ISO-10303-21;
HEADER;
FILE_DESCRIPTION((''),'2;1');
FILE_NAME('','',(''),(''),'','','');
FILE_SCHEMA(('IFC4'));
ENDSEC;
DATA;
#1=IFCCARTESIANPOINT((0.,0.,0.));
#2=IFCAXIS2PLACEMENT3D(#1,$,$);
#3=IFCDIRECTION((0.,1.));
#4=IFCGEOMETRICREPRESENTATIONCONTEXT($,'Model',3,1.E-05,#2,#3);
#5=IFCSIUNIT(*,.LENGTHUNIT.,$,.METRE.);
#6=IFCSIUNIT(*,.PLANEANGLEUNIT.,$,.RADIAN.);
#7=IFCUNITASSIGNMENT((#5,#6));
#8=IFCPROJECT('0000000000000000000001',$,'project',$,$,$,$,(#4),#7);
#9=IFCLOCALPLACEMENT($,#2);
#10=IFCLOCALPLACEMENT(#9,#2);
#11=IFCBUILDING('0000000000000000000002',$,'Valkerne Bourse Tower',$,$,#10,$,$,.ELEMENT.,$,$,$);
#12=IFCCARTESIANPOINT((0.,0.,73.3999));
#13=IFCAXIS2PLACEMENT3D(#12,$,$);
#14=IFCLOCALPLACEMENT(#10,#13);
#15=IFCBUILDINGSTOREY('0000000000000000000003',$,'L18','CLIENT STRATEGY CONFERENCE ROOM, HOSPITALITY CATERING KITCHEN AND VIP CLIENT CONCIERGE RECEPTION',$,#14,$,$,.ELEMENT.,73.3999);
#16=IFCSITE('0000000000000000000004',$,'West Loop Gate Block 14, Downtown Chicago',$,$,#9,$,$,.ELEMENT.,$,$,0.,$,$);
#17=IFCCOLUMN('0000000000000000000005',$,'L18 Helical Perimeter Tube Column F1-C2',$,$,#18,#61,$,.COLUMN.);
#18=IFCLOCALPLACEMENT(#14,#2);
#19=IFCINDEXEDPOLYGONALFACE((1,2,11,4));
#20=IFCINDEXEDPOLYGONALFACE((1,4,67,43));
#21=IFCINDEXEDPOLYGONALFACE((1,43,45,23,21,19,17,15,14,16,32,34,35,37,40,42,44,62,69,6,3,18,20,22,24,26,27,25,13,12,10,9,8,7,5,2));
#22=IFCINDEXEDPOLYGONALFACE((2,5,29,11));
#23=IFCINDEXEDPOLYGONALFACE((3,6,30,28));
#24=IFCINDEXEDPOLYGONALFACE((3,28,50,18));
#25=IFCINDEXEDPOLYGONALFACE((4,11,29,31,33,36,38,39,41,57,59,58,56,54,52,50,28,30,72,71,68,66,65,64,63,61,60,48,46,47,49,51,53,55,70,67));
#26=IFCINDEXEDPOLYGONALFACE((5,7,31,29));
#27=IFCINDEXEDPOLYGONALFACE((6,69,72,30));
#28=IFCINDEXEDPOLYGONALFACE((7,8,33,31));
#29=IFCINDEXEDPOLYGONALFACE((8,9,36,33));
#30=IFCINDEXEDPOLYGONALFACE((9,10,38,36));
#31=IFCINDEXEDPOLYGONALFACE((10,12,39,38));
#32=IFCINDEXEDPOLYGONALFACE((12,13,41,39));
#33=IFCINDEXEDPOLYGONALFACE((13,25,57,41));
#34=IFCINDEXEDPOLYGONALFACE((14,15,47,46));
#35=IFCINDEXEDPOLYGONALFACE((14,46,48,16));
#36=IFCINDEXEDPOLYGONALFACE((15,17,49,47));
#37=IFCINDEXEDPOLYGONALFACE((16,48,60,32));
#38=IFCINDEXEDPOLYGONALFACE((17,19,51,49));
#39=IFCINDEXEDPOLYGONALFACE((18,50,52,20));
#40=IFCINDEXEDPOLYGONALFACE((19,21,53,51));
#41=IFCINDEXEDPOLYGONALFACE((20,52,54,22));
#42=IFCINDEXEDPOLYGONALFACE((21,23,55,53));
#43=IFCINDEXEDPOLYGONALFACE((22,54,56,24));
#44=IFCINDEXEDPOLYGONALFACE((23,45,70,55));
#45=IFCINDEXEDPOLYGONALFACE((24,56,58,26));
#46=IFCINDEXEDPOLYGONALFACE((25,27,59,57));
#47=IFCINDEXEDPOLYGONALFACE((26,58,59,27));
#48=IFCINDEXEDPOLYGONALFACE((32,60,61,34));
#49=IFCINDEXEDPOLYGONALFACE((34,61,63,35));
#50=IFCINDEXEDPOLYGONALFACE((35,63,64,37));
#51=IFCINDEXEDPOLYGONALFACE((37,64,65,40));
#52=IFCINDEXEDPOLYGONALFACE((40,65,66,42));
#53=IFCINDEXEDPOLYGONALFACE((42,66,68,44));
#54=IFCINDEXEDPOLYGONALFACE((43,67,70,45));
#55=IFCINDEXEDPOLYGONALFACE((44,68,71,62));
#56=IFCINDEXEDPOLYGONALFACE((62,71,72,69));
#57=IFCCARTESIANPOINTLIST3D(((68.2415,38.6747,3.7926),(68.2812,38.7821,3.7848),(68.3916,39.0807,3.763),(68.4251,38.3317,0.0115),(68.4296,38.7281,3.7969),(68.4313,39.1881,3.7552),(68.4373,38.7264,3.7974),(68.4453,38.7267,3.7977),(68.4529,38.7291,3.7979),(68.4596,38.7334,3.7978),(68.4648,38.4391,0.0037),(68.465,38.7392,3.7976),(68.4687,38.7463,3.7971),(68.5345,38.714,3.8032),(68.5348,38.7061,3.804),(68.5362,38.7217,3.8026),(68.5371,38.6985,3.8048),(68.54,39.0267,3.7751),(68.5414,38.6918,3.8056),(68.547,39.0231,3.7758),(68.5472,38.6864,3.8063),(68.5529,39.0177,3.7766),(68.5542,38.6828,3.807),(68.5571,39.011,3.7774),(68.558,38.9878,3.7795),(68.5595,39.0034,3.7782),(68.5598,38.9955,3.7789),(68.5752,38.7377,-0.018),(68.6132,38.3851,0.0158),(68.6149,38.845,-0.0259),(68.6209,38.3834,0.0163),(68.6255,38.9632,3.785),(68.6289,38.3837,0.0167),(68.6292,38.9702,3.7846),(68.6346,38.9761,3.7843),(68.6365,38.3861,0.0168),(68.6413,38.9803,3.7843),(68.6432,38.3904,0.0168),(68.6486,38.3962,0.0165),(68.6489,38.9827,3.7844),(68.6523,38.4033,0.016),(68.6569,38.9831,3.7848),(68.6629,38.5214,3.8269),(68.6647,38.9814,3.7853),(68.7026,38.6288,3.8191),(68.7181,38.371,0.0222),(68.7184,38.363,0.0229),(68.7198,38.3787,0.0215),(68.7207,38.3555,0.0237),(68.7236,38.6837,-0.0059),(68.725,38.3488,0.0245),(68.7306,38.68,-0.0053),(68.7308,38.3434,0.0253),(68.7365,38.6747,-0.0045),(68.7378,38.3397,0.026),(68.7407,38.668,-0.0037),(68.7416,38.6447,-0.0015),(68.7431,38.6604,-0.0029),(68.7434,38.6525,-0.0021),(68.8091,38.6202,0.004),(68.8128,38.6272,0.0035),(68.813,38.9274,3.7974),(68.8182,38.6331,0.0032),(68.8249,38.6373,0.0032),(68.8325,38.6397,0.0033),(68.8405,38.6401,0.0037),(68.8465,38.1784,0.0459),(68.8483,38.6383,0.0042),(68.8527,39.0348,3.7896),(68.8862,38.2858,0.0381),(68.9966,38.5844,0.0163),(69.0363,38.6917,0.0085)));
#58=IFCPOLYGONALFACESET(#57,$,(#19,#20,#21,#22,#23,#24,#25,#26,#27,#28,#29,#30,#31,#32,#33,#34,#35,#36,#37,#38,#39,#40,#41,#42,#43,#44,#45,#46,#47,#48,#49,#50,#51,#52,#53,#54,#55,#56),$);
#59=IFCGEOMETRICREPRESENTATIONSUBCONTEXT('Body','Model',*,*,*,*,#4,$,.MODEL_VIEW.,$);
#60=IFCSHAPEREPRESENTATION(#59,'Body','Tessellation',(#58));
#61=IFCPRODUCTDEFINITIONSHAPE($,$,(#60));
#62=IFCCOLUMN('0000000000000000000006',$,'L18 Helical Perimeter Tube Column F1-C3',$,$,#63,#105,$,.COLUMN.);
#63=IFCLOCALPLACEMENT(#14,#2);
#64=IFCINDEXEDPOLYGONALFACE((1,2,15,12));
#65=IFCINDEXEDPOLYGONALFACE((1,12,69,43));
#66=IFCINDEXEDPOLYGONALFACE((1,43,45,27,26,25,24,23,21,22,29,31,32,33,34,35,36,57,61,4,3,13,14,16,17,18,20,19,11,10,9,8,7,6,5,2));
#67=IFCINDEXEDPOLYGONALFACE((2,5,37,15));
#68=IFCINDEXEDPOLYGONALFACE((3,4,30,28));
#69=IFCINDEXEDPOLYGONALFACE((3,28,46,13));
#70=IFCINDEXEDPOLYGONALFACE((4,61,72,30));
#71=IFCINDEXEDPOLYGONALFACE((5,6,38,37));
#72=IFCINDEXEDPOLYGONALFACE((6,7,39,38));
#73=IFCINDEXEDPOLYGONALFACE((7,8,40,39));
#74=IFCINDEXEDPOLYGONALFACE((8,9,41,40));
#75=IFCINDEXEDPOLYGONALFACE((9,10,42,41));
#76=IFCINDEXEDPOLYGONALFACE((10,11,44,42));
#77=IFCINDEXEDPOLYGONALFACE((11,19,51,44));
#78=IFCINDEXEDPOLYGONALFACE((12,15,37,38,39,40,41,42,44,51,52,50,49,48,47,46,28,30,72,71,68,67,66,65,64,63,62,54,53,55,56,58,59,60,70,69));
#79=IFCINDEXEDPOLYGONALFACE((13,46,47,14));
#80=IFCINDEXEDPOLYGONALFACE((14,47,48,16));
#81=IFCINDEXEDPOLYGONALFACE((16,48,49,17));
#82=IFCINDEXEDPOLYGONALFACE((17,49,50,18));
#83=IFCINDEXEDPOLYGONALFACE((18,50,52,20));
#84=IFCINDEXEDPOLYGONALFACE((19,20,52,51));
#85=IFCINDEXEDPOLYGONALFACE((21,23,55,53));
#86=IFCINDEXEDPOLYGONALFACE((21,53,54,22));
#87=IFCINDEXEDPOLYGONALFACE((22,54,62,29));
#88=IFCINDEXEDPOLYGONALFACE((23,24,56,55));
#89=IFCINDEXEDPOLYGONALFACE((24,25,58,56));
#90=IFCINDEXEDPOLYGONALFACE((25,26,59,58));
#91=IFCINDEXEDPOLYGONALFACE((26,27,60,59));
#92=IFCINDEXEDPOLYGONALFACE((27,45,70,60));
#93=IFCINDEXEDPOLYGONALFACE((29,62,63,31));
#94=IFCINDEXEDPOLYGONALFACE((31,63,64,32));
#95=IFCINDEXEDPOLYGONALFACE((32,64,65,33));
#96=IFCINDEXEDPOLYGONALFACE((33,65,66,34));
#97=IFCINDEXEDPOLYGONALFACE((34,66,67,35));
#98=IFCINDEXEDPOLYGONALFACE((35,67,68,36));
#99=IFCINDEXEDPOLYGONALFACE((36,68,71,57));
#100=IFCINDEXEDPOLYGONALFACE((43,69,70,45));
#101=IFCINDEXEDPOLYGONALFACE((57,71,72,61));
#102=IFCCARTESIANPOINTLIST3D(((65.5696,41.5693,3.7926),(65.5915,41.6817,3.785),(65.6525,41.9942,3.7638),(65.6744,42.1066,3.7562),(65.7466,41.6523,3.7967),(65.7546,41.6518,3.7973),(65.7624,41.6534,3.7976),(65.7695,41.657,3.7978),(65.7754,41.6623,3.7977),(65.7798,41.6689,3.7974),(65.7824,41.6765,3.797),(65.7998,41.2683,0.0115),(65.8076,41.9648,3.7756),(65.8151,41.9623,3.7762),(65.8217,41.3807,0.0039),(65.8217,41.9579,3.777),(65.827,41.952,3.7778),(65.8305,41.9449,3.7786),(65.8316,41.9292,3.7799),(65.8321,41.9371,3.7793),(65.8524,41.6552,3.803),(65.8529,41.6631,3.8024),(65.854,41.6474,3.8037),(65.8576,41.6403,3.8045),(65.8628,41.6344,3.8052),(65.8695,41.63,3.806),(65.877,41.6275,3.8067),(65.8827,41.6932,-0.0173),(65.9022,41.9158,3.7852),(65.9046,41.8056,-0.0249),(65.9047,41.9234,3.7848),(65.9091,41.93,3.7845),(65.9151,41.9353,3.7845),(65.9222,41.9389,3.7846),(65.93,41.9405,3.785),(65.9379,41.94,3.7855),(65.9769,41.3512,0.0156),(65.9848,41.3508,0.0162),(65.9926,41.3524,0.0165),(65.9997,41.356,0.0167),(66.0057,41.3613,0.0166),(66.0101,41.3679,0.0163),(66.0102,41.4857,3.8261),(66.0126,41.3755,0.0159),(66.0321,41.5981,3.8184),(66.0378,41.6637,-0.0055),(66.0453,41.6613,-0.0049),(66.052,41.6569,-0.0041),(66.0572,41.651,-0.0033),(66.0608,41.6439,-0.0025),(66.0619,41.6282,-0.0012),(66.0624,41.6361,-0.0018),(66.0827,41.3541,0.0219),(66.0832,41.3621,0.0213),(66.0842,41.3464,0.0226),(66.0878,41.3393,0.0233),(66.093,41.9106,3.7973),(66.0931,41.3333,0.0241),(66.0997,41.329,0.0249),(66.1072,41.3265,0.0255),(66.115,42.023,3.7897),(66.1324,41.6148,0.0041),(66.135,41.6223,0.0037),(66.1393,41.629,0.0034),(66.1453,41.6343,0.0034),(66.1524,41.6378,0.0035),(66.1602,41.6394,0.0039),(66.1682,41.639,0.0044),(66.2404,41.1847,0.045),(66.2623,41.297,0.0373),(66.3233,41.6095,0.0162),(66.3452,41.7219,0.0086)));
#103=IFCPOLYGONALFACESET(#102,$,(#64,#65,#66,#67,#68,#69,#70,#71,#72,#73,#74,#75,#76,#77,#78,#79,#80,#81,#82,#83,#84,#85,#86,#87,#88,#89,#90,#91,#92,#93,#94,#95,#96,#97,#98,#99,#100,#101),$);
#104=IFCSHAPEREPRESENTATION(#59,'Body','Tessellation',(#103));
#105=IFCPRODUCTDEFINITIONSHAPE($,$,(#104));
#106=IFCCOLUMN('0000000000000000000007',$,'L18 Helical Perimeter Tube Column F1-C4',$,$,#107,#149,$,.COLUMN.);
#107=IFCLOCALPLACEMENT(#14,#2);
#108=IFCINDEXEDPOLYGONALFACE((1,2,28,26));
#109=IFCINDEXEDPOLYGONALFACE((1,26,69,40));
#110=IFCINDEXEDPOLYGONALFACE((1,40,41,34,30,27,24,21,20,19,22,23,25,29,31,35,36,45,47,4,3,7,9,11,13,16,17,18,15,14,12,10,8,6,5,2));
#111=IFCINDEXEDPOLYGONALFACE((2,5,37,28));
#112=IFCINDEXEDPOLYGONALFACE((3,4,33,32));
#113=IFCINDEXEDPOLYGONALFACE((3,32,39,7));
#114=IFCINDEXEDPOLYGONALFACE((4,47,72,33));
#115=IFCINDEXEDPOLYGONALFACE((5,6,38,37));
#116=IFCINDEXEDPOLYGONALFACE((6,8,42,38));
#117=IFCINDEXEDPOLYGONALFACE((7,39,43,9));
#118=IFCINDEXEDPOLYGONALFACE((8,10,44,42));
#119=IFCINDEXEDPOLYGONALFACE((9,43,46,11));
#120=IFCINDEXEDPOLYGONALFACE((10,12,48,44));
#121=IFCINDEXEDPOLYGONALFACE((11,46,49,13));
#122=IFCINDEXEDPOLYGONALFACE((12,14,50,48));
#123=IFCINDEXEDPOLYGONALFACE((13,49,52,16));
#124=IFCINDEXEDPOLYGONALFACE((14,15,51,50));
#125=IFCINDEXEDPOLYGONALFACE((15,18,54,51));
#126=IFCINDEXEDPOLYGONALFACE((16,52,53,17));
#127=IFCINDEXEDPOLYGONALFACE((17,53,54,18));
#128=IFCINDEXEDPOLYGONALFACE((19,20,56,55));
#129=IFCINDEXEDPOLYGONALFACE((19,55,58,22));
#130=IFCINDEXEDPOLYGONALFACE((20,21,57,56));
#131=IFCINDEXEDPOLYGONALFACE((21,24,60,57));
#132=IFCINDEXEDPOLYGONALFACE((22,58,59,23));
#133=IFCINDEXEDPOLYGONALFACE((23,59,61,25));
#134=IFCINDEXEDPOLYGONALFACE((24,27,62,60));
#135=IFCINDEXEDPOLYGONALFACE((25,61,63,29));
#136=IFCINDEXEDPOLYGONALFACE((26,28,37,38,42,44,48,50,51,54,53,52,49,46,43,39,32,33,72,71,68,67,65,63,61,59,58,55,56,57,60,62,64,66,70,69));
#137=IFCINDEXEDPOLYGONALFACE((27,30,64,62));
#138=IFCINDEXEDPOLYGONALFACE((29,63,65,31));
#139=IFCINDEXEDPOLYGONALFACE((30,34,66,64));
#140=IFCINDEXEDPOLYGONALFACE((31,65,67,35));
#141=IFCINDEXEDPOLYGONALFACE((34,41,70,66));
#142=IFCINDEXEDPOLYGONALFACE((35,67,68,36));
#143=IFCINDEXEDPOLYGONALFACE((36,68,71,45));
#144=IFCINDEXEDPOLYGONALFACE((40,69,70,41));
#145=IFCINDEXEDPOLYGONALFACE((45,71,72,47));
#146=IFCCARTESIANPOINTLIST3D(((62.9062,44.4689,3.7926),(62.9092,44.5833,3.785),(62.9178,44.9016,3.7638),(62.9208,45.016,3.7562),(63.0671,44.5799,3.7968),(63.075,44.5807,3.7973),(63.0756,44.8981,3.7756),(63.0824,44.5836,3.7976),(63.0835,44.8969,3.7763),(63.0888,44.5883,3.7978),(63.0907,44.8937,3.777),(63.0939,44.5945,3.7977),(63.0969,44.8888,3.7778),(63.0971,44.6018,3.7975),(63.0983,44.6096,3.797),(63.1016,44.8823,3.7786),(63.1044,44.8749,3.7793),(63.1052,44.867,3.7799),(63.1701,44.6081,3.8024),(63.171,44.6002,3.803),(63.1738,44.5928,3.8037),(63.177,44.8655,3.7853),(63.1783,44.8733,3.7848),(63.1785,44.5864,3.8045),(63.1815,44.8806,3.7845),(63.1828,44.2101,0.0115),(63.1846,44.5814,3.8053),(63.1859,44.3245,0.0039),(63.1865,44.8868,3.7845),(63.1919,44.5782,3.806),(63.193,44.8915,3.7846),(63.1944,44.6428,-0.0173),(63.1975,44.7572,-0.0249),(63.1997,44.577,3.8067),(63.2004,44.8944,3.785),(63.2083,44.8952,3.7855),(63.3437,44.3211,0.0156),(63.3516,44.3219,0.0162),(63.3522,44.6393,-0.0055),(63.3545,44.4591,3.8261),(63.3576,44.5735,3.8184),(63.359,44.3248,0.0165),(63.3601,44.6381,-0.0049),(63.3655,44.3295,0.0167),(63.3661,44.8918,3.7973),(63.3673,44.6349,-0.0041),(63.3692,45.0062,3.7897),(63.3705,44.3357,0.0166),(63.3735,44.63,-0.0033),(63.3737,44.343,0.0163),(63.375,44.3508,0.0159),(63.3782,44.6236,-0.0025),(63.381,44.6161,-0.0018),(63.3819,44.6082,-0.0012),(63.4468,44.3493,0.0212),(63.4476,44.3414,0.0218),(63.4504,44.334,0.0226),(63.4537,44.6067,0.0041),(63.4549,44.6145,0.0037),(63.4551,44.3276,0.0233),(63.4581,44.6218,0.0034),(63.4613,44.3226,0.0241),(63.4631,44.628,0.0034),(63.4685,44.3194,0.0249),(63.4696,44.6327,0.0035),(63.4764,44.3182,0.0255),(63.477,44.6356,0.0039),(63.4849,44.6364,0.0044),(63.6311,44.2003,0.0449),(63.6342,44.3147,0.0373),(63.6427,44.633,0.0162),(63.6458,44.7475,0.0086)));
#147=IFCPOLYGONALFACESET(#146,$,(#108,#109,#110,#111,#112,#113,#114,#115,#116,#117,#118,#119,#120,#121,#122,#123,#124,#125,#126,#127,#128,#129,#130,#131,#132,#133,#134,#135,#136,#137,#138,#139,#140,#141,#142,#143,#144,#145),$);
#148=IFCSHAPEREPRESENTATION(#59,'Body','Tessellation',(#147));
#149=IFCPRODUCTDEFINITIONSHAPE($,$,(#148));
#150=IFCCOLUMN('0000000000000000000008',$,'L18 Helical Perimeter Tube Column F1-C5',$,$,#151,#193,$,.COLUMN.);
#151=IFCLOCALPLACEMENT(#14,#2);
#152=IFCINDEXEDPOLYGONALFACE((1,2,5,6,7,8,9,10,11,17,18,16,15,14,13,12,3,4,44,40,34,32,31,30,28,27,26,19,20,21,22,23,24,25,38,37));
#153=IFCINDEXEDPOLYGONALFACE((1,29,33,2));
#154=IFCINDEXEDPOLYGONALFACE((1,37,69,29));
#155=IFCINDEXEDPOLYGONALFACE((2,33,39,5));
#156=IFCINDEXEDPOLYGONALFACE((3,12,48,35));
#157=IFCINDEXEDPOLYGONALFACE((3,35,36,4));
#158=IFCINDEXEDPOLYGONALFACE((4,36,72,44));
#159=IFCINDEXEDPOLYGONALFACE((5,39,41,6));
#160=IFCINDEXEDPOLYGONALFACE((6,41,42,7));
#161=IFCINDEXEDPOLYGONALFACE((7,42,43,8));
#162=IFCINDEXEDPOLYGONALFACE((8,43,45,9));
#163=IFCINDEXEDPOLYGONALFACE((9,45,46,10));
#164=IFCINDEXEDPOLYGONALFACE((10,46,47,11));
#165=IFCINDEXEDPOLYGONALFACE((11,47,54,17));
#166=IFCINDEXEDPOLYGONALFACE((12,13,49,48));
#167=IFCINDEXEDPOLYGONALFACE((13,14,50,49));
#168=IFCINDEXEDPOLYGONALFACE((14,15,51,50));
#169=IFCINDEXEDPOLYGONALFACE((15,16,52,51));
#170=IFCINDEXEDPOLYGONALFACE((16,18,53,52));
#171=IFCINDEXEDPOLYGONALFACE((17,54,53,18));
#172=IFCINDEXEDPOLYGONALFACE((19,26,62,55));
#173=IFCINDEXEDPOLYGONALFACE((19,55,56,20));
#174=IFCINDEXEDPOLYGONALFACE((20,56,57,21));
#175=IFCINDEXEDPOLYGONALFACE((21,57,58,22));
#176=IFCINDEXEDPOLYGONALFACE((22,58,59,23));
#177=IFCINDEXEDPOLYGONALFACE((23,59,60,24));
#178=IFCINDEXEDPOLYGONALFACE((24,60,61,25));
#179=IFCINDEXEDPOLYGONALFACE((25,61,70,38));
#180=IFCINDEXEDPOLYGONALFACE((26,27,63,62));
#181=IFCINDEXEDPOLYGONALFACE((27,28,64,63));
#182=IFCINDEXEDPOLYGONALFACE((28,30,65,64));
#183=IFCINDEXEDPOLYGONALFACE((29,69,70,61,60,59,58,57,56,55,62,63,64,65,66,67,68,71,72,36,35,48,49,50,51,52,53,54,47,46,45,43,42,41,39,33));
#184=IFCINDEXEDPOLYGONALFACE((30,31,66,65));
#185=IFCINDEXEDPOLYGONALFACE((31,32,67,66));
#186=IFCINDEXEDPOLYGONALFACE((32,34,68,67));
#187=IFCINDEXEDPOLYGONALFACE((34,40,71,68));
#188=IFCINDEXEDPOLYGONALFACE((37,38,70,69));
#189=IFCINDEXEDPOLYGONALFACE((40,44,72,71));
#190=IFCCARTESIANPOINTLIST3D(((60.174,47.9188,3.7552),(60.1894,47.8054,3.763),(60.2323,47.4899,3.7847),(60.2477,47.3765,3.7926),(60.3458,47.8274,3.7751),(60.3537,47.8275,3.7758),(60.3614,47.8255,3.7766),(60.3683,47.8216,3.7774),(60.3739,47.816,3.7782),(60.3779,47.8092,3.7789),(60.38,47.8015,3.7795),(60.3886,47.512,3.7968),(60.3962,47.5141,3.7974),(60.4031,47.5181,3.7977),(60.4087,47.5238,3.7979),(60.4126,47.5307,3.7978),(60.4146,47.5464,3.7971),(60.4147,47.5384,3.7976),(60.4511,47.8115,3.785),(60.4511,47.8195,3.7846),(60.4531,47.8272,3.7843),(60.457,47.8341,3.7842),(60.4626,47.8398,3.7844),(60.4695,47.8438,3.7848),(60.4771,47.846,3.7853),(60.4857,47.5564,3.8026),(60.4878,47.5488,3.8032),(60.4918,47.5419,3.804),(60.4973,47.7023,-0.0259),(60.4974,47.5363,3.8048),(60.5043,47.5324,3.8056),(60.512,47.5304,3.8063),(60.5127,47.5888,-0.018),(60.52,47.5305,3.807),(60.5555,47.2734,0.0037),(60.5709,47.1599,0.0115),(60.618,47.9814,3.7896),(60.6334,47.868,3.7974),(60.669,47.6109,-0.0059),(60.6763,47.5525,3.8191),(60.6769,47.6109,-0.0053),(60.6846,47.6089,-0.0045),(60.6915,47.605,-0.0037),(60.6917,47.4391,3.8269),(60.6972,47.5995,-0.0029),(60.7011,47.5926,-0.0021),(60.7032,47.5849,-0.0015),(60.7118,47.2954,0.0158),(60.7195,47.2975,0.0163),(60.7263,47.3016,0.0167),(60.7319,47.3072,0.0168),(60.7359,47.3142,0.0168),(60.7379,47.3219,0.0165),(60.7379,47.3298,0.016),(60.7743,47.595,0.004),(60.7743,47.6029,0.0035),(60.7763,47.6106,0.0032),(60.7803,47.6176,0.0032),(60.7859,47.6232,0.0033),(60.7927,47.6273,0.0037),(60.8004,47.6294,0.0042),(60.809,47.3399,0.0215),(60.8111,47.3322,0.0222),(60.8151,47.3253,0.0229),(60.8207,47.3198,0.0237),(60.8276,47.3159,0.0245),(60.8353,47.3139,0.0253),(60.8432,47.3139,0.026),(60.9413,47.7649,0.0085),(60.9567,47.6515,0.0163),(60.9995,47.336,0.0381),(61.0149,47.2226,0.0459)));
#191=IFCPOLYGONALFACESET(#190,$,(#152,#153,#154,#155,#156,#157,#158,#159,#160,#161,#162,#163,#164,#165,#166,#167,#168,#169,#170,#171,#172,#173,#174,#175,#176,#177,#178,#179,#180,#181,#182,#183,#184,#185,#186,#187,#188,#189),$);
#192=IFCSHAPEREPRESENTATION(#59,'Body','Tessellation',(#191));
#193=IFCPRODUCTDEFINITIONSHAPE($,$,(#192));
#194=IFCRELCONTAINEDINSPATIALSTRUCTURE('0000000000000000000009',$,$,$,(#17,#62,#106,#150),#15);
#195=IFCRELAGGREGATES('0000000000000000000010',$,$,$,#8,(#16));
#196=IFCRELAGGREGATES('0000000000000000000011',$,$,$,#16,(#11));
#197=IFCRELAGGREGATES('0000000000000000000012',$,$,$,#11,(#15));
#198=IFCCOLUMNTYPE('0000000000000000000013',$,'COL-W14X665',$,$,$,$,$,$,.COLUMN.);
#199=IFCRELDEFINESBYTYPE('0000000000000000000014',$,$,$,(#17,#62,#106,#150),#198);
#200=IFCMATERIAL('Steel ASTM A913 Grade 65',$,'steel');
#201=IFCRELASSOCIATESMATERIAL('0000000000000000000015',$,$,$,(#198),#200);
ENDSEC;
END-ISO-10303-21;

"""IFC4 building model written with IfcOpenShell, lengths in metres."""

from ifc_helpers import new_model, si_unit, direction, frame, origin, origin_2d, place, context, subcontext, project, spatial, i_section, extrude, material, material_profile, profile_set, type_object, element, save


model = new_model("IFC4")

# Units and contexts
model_context = context("Model", 3, precision=1e-05, world=origin(), true_north=direction((0.0, 1.0)))
body_context = subcontext(model_context, "Body", "Model", "MODEL_VIEW")
ifc_project = project(units=[si_unit("LENGTHUNIT", "METRE"), si_unit("PLANEANGLEUNIT", "RADIAN")], contexts=[model_context])

# Site, building, storey
site_placement = place(None, origin())
site = spatial("IfcSite", under=ifc_project, at=site_placement, Name="West Loop Gate Block 14, Downtown Chicago", CompositionType="ELEMENT", RefElevation=0.0)
building_placement = place(site_placement, origin())
building = spatial("IfcBuilding", under=site, at=building_placement, Name="Valkerne Bourse Tower", CompositionType="ELEMENT")
storey_placement = place(building_placement, frame((0.0, 0.0, 73.3999)))
storey = spatial("IfcBuildingStorey", under=building, at=storey_placement, Name="L18", Description="CLIENT STRATEGY CONFERENCE ROOM, HOSPITALITY CATERING KITCHEN AND VIP CLIENT CONCIERGE RECEPTION", CompositionType="ELEMENT", Elevation=73.3999)

# Columns
ifc_material_1 = material(Name="Steel ASTM A913 Grade 65", Category="steel")
ifc_material_profile_1 = material_profile(ifc_material_1, i_section(OverallWidth=0.4497, OverallDepth=0.5486, WebThickness=0.072, FlangeThickness=0.1147, FilletRadius=0.0305, at=origin_2d()), Name="W14X665")
ifc_profile_set_1 = profile_set([ifc_material_profile_1], Name="Steel ASTM A913 Grade 65")
column_type = type_object("IfcColumnType", Name="COL-W14X665", PredefinedType="COLUMN", material=ifc_profile_set_1)
column_1_placement = place(storey_placement, frame((68.7307, 38.5117, 0.01), z_axis=(-0.048302, 0.090245, 0.994748), x_axis=(0.936986, -0.340905, 0.076424)))
element("IfcColumn", 1, at=column_1_placement, inside=storey, type_object=column_type, Name="L18 Helical Perimeter Tube Column F1-C2", PredefinedType="COLUMN", context=body_context, shape_type="SweptSolid", body=[
    extrude(i_section(OverallWidth=0.4497, OverallDepth=0.5486, WebThickness=0.072, FlangeThickness=0.1147, FilletRadius=0.0305, at=origin_2d()), origin(), (0.0, 0.0, 1.0), 3.801),
])
for number, where, z_axis, x_axis, name in (
    (2, (66.0725, 41.4951, 0.01), (-0.060586, 0.079218, 0.995014), (0.979726, -0.185988, 0.074463), "L18 Helical Perimeter Tube Column F1-C3"),
    (3, (63.4143, 44.4788, 0.01), (-0.072794, 0.068104, 0.995019), (0.996989, -0.021777, 0.074428), "L18 Helical Perimeter Tube Column F1-C4"),
):
    element("IfcColumn", number, at=place(storey_placement, frame(where, z_axis=z_axis, x_axis=x_axis)), inside=storey, type_object=column_type, Name=name, PredefinedType="COLUMN", context=body_context, shape_type="SweptSolid", body=[
        extrude(i_section(OverallWidth=0.4497, OverallDepth=0.5486, WebThickness=0.072, FlangeThickness=0.1147, FilletRadius=0.0305, at=origin_2d()), origin(), (0.0, 0.0, 1.0), 3.8),
    ])
column_2_placement = place(storey_placement, frame((60.7561, 47.4624, 0.01), z_axis=(-0.085042, 0.056973, 0.994747), x_axis=(0.987298, 0.139287, 0.076428)))
element("IfcColumn", 4, at=column_2_placement, inside=storey, type_object=column_type, Name="L18 Helical Perimeter Tube Column F1-C5", PredefinedType="COLUMN", context=body_context, shape_type="SweptSolid", body=[
    extrude(i_section(OverallWidth=0.4497, OverallDepth=0.5486, WebThickness=0.072, FlangeThickness=0.1147, FilletRadius=0.0305, at=origin_2d()), origin(), (0.0, 0.0, 1.0), 3.801),
])

save(model, "model.ifc")
